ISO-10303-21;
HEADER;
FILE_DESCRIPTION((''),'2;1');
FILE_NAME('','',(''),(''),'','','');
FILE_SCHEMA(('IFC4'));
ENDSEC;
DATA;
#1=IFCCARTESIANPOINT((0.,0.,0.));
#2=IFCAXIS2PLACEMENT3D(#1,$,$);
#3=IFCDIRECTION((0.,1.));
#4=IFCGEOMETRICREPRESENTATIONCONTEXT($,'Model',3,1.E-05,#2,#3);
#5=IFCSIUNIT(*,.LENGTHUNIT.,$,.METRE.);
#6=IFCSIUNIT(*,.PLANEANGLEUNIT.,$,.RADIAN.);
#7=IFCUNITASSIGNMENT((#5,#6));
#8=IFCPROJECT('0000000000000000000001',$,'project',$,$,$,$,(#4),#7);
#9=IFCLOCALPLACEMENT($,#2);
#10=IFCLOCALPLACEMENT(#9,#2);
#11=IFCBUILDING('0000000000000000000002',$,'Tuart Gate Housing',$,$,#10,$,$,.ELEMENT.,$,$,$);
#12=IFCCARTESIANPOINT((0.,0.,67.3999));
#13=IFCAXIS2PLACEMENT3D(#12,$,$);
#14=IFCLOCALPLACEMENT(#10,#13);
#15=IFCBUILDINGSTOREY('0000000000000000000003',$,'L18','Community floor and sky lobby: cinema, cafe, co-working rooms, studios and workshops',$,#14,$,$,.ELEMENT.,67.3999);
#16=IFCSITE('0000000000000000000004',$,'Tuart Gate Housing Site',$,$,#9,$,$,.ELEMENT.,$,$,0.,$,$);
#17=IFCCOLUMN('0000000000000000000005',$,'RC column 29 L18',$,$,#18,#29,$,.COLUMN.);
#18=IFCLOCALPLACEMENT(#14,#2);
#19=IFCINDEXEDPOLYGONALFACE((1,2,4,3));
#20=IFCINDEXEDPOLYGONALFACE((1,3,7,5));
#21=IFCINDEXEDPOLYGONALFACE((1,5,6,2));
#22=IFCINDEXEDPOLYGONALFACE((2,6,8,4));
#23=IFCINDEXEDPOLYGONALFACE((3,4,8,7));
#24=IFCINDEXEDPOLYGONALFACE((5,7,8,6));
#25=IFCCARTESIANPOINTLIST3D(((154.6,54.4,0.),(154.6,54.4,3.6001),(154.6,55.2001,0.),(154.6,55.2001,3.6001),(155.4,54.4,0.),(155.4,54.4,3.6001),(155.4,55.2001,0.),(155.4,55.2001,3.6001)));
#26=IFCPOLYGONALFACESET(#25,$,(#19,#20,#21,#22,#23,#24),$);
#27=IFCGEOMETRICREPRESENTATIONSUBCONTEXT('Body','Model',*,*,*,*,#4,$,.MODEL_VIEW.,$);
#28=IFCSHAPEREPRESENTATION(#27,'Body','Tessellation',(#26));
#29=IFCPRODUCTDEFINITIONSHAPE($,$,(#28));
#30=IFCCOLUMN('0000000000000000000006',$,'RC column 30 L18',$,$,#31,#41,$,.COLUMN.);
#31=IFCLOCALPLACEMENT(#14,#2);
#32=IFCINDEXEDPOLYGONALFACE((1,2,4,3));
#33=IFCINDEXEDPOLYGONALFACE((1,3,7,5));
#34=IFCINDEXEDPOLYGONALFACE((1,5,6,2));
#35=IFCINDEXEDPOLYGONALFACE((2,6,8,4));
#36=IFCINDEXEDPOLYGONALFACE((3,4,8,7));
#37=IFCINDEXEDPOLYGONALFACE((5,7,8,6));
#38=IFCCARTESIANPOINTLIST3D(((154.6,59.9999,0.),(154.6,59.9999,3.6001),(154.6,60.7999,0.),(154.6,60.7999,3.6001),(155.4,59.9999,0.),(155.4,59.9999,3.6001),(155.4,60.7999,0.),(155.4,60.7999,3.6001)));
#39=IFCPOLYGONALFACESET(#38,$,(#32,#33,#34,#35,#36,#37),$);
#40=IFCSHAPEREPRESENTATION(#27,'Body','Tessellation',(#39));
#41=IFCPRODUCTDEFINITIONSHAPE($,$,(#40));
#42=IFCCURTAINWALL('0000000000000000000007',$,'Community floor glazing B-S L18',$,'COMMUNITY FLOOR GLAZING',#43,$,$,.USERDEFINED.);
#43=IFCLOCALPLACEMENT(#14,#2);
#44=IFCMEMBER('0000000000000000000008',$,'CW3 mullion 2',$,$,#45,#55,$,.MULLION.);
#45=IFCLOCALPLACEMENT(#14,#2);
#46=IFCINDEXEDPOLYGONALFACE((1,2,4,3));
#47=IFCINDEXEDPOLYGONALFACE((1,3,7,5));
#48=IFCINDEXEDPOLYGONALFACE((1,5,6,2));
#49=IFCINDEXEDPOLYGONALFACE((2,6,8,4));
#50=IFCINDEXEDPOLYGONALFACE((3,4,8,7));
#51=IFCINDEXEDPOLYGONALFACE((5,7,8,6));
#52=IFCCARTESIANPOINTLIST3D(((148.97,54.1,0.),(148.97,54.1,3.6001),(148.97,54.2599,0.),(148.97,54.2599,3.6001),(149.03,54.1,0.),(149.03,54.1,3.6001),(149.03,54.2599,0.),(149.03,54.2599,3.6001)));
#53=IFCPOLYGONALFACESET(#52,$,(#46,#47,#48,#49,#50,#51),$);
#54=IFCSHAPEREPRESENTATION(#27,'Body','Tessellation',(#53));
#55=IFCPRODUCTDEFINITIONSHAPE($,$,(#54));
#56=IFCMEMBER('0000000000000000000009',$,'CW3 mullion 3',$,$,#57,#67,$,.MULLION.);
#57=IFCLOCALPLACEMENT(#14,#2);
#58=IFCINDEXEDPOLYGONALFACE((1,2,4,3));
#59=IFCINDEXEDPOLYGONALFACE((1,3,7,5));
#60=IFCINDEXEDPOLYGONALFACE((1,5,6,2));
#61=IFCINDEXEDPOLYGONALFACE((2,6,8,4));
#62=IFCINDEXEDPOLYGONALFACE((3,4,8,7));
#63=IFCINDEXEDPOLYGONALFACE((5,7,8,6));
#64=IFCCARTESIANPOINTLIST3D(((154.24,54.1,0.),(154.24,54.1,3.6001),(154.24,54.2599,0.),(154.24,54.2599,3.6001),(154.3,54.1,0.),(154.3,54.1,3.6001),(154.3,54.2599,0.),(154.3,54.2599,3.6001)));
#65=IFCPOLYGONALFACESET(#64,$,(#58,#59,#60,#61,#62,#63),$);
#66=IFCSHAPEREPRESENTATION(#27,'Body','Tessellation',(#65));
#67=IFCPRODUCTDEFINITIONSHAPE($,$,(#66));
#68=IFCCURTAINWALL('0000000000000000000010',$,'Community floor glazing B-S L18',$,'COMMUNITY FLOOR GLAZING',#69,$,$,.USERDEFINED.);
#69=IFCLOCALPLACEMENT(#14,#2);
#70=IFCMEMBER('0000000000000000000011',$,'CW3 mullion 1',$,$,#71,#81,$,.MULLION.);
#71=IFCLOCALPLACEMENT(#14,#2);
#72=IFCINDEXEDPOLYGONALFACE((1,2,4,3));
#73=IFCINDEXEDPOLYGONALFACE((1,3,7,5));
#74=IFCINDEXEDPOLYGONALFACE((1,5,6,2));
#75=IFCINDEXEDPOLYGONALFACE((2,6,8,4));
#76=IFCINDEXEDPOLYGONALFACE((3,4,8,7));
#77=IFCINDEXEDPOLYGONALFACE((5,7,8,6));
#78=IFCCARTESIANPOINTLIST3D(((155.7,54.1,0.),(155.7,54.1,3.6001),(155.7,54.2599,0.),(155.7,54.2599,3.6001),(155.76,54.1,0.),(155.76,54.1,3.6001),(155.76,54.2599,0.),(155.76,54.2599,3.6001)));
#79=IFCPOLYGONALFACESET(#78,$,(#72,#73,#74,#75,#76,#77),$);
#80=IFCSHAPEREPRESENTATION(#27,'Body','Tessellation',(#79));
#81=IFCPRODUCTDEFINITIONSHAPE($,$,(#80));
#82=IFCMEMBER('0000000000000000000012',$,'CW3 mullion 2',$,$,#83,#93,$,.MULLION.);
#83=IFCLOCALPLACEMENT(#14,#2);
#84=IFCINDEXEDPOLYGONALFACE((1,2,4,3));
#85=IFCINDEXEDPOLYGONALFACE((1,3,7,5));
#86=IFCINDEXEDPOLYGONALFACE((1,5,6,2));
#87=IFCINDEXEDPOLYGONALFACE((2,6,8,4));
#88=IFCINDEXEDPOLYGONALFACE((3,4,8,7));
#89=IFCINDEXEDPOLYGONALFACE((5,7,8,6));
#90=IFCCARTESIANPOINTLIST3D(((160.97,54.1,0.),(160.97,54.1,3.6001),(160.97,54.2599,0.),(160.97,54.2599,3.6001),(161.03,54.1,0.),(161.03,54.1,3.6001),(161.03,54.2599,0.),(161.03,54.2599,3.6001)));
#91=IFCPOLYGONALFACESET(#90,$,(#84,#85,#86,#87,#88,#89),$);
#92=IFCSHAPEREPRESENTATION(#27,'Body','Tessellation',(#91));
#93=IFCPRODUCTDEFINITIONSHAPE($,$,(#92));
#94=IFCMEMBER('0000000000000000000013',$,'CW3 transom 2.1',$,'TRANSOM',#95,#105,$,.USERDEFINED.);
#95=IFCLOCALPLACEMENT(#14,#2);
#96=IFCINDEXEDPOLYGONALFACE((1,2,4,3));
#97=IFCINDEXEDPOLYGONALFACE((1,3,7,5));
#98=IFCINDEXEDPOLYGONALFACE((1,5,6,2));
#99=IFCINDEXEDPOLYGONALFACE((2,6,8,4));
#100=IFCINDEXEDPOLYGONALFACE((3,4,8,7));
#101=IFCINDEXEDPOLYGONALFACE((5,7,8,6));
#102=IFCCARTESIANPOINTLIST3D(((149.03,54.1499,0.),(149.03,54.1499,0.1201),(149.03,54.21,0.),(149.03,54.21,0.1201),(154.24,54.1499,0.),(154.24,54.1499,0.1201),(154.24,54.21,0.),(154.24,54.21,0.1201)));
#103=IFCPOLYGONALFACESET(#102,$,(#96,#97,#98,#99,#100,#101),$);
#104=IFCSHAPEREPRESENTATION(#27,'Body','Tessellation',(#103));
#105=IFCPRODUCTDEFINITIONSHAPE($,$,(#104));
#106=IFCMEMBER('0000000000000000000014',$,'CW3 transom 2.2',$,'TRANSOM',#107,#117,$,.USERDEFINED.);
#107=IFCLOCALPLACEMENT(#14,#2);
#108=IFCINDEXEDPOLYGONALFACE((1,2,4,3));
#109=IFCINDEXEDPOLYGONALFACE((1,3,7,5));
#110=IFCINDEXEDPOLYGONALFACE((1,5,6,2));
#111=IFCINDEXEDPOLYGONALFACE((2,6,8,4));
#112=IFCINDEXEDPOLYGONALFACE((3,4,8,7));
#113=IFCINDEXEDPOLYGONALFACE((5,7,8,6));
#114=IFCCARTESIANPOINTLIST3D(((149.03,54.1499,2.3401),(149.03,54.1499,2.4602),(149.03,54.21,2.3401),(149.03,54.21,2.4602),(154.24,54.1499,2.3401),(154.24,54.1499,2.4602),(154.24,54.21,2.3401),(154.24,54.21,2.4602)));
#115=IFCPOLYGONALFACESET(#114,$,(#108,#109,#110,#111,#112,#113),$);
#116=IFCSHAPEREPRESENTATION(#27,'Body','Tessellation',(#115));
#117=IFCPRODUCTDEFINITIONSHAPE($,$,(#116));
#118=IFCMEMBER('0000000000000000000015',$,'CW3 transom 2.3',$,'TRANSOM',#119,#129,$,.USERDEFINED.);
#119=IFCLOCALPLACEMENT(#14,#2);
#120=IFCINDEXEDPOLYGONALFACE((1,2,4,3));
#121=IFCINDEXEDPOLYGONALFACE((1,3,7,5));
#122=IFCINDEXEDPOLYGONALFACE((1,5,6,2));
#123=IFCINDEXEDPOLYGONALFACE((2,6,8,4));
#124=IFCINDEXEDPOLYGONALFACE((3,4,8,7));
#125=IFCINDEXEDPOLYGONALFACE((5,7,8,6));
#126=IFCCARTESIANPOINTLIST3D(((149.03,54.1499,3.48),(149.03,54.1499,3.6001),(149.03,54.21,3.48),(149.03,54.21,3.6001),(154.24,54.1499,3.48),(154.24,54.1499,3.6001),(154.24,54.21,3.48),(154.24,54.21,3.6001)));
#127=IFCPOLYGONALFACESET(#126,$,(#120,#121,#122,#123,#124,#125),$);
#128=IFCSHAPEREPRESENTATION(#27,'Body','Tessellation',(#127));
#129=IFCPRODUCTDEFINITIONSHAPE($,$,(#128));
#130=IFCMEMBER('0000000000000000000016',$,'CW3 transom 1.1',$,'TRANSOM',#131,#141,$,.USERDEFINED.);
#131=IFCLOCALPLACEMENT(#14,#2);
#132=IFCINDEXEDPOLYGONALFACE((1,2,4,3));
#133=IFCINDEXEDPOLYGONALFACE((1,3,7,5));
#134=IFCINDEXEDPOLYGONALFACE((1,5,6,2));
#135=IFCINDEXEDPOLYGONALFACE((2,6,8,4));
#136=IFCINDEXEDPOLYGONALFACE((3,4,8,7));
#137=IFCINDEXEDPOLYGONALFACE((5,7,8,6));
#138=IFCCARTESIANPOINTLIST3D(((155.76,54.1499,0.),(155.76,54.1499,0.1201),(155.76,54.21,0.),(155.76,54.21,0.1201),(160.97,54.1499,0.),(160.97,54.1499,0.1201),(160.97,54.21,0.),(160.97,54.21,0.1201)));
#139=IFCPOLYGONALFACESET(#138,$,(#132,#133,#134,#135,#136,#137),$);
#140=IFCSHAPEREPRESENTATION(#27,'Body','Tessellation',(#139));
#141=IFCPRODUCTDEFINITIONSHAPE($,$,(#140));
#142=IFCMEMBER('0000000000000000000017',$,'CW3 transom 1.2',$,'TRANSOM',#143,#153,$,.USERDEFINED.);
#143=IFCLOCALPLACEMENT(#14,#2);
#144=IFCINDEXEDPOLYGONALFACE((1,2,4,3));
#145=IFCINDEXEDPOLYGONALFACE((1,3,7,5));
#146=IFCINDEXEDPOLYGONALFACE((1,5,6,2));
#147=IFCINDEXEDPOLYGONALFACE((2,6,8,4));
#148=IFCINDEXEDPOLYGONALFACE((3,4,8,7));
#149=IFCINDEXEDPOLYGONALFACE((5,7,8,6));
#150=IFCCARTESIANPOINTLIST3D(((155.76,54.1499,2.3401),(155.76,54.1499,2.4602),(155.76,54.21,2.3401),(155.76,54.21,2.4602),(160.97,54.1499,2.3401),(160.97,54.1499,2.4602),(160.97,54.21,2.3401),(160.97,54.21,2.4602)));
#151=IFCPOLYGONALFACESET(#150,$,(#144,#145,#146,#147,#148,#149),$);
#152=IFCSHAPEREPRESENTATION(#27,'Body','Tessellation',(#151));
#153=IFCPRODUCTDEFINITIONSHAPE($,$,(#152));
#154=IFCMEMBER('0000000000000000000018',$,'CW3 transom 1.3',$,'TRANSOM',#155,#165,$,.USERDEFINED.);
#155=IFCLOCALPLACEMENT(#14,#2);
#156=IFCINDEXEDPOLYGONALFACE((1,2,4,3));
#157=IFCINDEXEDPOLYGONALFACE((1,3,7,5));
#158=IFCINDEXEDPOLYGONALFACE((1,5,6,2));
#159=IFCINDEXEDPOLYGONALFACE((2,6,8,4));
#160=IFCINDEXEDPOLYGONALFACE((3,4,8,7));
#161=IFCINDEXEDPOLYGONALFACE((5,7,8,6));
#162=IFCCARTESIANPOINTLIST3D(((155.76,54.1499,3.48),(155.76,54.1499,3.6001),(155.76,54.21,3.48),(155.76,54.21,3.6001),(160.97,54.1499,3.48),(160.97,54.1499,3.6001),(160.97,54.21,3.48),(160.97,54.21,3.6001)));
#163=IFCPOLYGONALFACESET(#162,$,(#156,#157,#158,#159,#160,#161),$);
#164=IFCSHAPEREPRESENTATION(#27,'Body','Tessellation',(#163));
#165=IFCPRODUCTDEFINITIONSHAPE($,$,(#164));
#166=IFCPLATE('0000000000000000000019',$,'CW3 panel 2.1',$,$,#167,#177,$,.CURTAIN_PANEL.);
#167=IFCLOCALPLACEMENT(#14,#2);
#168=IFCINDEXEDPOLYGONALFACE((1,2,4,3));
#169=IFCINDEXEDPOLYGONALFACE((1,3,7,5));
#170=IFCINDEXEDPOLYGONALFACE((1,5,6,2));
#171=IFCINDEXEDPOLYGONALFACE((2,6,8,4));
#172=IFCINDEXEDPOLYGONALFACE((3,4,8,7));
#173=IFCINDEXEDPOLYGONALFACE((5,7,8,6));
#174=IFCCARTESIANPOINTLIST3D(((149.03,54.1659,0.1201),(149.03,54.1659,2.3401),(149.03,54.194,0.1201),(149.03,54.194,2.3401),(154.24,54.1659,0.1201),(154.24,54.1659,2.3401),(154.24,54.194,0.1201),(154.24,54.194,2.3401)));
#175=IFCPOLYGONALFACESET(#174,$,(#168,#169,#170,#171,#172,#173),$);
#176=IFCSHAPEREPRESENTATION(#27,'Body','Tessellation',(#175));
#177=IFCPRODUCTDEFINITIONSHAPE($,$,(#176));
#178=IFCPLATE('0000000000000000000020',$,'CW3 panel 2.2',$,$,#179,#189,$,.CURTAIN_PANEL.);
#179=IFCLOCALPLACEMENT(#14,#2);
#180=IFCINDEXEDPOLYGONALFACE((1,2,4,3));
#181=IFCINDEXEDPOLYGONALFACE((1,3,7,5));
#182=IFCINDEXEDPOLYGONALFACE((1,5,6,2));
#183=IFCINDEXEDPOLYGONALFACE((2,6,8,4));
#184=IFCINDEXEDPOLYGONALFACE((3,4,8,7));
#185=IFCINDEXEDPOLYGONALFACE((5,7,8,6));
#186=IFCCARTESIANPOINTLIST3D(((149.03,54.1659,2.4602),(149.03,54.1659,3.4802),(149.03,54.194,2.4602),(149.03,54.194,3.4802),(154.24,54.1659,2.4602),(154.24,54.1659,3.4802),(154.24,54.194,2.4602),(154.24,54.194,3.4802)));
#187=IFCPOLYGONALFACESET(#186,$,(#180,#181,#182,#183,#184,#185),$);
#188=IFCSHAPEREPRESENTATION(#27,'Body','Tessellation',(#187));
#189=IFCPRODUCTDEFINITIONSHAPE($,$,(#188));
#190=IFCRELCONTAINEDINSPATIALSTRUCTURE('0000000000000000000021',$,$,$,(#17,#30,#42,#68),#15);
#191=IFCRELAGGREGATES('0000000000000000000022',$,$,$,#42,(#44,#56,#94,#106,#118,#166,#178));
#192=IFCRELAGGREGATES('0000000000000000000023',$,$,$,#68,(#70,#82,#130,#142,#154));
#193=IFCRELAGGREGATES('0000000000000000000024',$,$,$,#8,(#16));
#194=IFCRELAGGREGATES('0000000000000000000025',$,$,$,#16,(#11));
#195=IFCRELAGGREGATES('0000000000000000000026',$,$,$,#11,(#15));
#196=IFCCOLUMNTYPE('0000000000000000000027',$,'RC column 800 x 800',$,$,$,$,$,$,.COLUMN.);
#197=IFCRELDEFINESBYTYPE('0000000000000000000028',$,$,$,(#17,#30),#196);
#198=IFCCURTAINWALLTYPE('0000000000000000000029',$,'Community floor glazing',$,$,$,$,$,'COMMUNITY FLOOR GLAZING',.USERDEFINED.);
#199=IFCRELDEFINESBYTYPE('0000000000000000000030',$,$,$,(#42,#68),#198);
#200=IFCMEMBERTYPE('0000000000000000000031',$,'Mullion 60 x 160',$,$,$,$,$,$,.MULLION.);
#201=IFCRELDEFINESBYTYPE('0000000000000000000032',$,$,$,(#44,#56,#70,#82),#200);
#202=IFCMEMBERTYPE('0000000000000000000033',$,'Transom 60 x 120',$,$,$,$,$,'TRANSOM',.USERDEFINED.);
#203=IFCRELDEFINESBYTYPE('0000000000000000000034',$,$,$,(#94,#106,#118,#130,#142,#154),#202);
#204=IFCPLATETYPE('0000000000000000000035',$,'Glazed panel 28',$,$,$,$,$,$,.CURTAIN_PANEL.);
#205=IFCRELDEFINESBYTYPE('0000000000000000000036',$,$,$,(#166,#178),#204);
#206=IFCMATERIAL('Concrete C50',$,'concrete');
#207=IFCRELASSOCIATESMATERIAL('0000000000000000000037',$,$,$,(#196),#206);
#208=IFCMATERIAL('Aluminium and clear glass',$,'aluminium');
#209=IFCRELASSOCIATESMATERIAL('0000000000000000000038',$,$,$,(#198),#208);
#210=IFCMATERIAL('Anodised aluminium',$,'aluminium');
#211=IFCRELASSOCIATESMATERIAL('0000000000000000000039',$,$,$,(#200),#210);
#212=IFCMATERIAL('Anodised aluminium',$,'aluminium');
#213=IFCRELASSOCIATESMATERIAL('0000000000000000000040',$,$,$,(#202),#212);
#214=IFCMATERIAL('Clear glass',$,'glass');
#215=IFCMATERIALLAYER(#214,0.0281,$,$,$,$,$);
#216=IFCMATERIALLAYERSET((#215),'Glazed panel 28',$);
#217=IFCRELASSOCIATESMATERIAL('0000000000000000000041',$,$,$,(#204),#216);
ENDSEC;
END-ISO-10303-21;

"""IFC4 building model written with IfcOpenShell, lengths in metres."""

from ifc_helpers import new_model, si_unit, direction, frame, origin, origin_2d, place, context, subcontext, project, spatial, rectangle, extrude, material, layer, layer_set, material_profile, profile_set, type_object, element, aggregate, save


model = new_model("IFC4")

# Units and contexts
model_context = context("Model", 3, precision=1e-05, world=origin(), true_north=direction((0.0, 1.0)))
body_context = subcontext(model_context, "Body", "Model", "MODEL_VIEW")
ifc_project = project(units=[si_unit("LENGTHUNIT", "METRE"), si_unit("PLANEANGLEUNIT", "RADIAN")], contexts=[model_context])

# Site, building, storey
site_placement = place(None, origin())
site = spatial("IfcSite", under=ifc_project, at=site_placement, Name="Tuart Gate Housing Site", CompositionType="ELEMENT", RefElevation=0.0)
building_placement = place(site_placement, origin())
building = spatial("IfcBuilding", under=site, at=building_placement, Name="Tuart Gate Housing", CompositionType="ELEMENT")
storey_placement = place(building_placement, frame((0.0, 0.0, 67.3999)))
storey = spatial("IfcBuildingStorey", under=building, at=storey_placement, Name="L18", Description="Community floor and sky lobby: cinema, cafe, co-working rooms, studios and workshops", CompositionType="ELEMENT", Elevation=67.3999)

# Columns
ifc_material_1 = material(Name="Concrete C50", Category="concrete")
ifc_material_profile_1 = material_profile(ifc_material_1, rectangle(XDim=0.8, YDim=0.8, at=origin_2d()), Name="RC column 800 x 800")
ifc_profile_set_1 = profile_set([ifc_material_profile_1], Name="Concrete C50")
column_type = type_object("IfcColumnType", Name="RC column 800 x 800", PredefinedType="COLUMN", material=ifc_profile_set_1)
for number, where, z_axis, x_axis, name in (
    (1, (155.0, 54.8, 0.0), (0.0, 0.0, 1.0), (1.0, 0.0, 0.0), "RC column 29 L18"),
    (2, (155.0, 60.3999, 0.0), (0.0, 0.0, 1.0), (1.0, 0.0, 0.0), "RC column 30 L18"),
):
    element("IfcColumn", number, at=place(storey_placement, frame(where, z_axis=z_axis, x_axis=x_axis)), inside=storey, type_object=column_type, Name=name, PredefinedType="COLUMN", context=body_context, shape_type="SweptSolid", body=[
        extrude(rectangle(XDim=0.8, YDim=0.8, at=origin_2d()), origin(), (0.0, 0.0, 1.0), 3.6001),
    ])

# Curtain walls, members
ifc_material_2 = material(Name="Aluminium and clear glass", Category="aluminium")
curtain_wall_type = type_object("IfcCurtainWallType", Name="Community floor glazing", ElementType="COMMUNITY FLOOR GLAZING", PredefinedType="USERDEFINED", material=ifc_material_2)
curtain_wall_1_placement = place(storey_placement, origin())
curtain_wall_1 = element("IfcCurtainWall", 3, at=curtain_wall_1_placement, inside=storey, type_object=curtain_wall_type, Name="Community floor glazing B-S L18", ObjectType="COMMUNITY FLOOR GLAZING", PredefinedType="USERDEFINED")
ifc_material_3 = material(Name="Anodised aluminium", Category="aluminium")
ifc_material_profile_2 = material_profile(ifc_material_3, rectangle(XDim=0.0601, YDim=0.1599, at=origin_2d()), Name="60x160")
ifc_profile_set_2 = profile_set([ifc_material_profile_2], Name="Anodised aluminium")
member_type_1 = type_object("IfcMemberType", Name="Mullion 60 x 160", PredefinedType="MULLION", material=ifc_profile_set_2)
member_1_placement = place(storey_placement, frame((149.0, 54.1799, 0.0), z_axis=(0.0, 0.0, 1.0), x_axis=(1.0, 0.0, 0.0)))
member_1 = element("IfcMember", 4, at=member_1_placement, type_object=member_type_1, Name="CW3 mullion 2", PredefinedType="MULLION", context=body_context, shape_type="SweptSolid", body=[
    extrude(rectangle(XDim=0.0601, YDim=0.1599, at=origin_2d()), origin(), (0.0, 0.0, 1.0), 3.6001),
])
member_2_placement = place(storey_placement, frame((154.27, 54.1799, 0.0), z_axis=(0.0, 0.0, 1.0), x_axis=(1.0, 0.0, 0.0)))
member_2 = element("IfcMember", 5, at=member_2_placement, type_object=member_type_1, Name="CW3 mullion 3", PredefinedType="MULLION", context=body_context, shape_type="SweptSolid", body=[
    extrude(rectangle(XDim=0.0601, YDim=0.1599, at=origin_2d()), origin(), (0.0, 0.0, 1.0), 3.6001),
])
curtain_wall_2_placement = place(storey_placement, origin())
curtain_wall_2 = element("IfcCurtainWall", 6, at=curtain_wall_2_placement, inside=storey, type_object=curtain_wall_type, Name="Community floor glazing B-S L18", ObjectType="COMMUNITY FLOOR GLAZING", PredefinedType="USERDEFINED")
member_3_placement = place(storey_placement, frame((155.73, 54.1799, 0.0), z_axis=(0.0, 0.0, 1.0), x_axis=(1.0, 0.0, 0.0)))
member_3 = element("IfcMember", 7, at=member_3_placement, type_object=member_type_1, Name="CW3 mullion 1", PredefinedType="MULLION", context=body_context, shape_type="SweptSolid", body=[
    extrude(rectangle(XDim=0.0601, YDim=0.1599, at=origin_2d()), origin(), (0.0, 0.0, 1.0), 3.6001),
])
member_4_placement = place(storey_placement, frame((161.0, 54.1799, 0.0), z_axis=(0.0, 0.0, 1.0), x_axis=(1.0, 0.0, 0.0)))
member_4 = element("IfcMember", 8, at=member_4_placement, type_object=member_type_1, Name="CW3 mullion 2", PredefinedType="MULLION", context=body_context, shape_type="SweptSolid", body=[
    extrude(rectangle(XDim=0.0601, YDim=0.1599, at=origin_2d()), origin(), (0.0, 0.0, 1.0), 3.6001),
])

# Members
ifc_material_4 = material(Name="Anodised aluminium", Category="aluminium")
ifc_material_profile_3 = material_profile(ifc_material_4, rectangle(XDim=0.0601, YDim=0.1201, at=origin_2d()), Name="60x120")
ifc_profile_set_3 = profile_set([ifc_material_profile_3], Name="Anodised aluminium")
member_type_2 = type_object("IfcMemberType", Name="Transom 60 x 120", ElementType="TRANSOM", PredefinedType="USERDEFINED", material=ifc_profile_set_3)
member_5_placement = place(storey_placement, frame((149.03, 54.1799, 0.0601), z_axis=(1.0, 0.0, 0.0), x_axis=(0.0, 1.0, 0.0)))
member_5 = element("IfcMember", 9, at=member_5_placement, type_object=member_type_2, Name="CW3 transom 2.1", ObjectType="TRANSOM", PredefinedType="USERDEFINED", context=body_context, shape_type="SweptSolid", body=[
    extrude(rectangle(XDim=0.0601, YDim=0.1201, at=origin_2d()), origin(), (0.0, 0.0, 1.0), 5.21),
])
member_6_placement = place(storey_placement, frame((149.03, 54.1799, 2.4001), z_axis=(1.0, 0.0, 0.0), x_axis=(0.0, 1.0, 0.0)))
member_6 = element("IfcMember", 10, at=member_6_placement, type_object=member_type_2, Name="CW3 transom 2.2", ObjectType="TRANSOM", PredefinedType="USERDEFINED", context=body_context, shape_type="SweptSolid", body=[
    extrude(rectangle(XDim=0.0601, YDim=0.1201, at=origin_2d()), origin(), (0.0, 0.0, 1.0), 5.21),
])
member_7_placement = place(storey_placement, frame((149.03, 54.1799, 3.54), z_axis=(1.0, 0.0, 0.0), x_axis=(0.0, 1.0, 0.0)))
member_7 = element("IfcMember", 11, at=member_7_placement, type_object=member_type_2, Name="CW3 transom 2.3", ObjectType="TRANSOM", PredefinedType="USERDEFINED", context=body_context, shape_type="SweptSolid", body=[
    extrude(rectangle(XDim=0.0601, YDim=0.1201, at=origin_2d()), origin(), (0.0, 0.0, 1.0), 5.21),
])
member_8_placement = place(storey_placement, frame((155.76, 54.1799, 0.0601), z_axis=(1.0, 0.0, 0.0), x_axis=(0.0, 1.0, 0.0)))
member_8 = element("IfcMember", 12, at=member_8_placement, type_object=member_type_2, Name="CW3 transom 1.1", ObjectType="TRANSOM", PredefinedType="USERDEFINED", context=body_context, shape_type="SweptSolid", body=[
    extrude(rectangle(XDim=0.0601, YDim=0.1201, at=origin_2d()), origin(), (0.0, 0.0, 1.0), 5.21),
])
member_9_placement = place(storey_placement, frame((155.76, 54.1799, 2.4001), z_axis=(1.0, 0.0, 0.0), x_axis=(0.0, 1.0, 0.0)))
member_9 = element("IfcMember", 13, at=member_9_placement, type_object=member_type_2, Name="CW3 transom 1.2", ObjectType="TRANSOM", PredefinedType="USERDEFINED", context=body_context, shape_type="SweptSolid", body=[
    extrude(rectangle(XDim=0.0601, YDim=0.1201, at=origin_2d()), origin(), (0.0, 0.0, 1.0), 5.21),
])
member_10_placement = place(storey_placement, frame((155.76, 54.1799, 3.54), z_axis=(1.0, 0.0, 0.0), x_axis=(0.0, 1.0, 0.0)))
member_10 = element("IfcMember", 14, at=member_10_placement, type_object=member_type_2, Name="CW3 transom 1.3", ObjectType="TRANSOM", PredefinedType="USERDEFINED", context=body_context, shape_type="SweptSolid", body=[
    extrude(rectangle(XDim=0.0601, YDim=0.1201, at=origin_2d()), origin(), (0.0, 0.0, 1.0), 5.21),
])

# Plates
ifc_material_5 = material(Name="Clear glass", Category="glass")
ifc_layer_1 = layer(ifc_material_5, 0.0281)
ifc_layer_set_1 = layer_set([ifc_layer_1], Name="Glazed panel 28")
plate_type = type_object("IfcPlateType", Name="Glazed panel 28", PredefinedType="CURTAIN_PANEL", material=ifc_layer_set_1)
plate_1_placement = place(storey_placement, frame((151.635, 54.1799, 0.1201), z_axis=(0.0, 0.0, 1.0), x_axis=(1.0, 0.0, 0.0)))
plate_1 = element("IfcPlate", 15, at=plate_1_placement, type_object=plate_type, Name="CW3 panel 2.1", PredefinedType="CURTAIN_PANEL", context=body_context, shape_type="SweptSolid", body=[
    extrude(rectangle(XDim=5.21, YDim=0.0281, at=origin_2d()), origin(), (0.0, 0.0, 1.0), 2.22),
])
plate_2_placement = place(storey_placement, frame((151.635, 54.1799, 2.4602), z_axis=(0.0, 0.0, 1.0), x_axis=(1.0, 0.0, 0.0)))
plate_2 = element("IfcPlate", 16, at=plate_2_placement, type_object=plate_type, Name="CW3 panel 2.2", PredefinedType="CURTAIN_PANEL", context=body_context, shape_type="SweptSolid", body=[
    extrude(rectangle(XDim=5.21, YDim=0.0281, at=origin_2d()), origin(), (0.0, 0.0, 1.0), 1.02),
])
aggregate(curtain_wall_1, [member_1, member_2, member_5, member_6, member_7, plate_1, plate_2])
aggregate(curtain_wall_2, [member_3, member_4, member_8, member_9, member_10])

save(model, "model.ifc")
